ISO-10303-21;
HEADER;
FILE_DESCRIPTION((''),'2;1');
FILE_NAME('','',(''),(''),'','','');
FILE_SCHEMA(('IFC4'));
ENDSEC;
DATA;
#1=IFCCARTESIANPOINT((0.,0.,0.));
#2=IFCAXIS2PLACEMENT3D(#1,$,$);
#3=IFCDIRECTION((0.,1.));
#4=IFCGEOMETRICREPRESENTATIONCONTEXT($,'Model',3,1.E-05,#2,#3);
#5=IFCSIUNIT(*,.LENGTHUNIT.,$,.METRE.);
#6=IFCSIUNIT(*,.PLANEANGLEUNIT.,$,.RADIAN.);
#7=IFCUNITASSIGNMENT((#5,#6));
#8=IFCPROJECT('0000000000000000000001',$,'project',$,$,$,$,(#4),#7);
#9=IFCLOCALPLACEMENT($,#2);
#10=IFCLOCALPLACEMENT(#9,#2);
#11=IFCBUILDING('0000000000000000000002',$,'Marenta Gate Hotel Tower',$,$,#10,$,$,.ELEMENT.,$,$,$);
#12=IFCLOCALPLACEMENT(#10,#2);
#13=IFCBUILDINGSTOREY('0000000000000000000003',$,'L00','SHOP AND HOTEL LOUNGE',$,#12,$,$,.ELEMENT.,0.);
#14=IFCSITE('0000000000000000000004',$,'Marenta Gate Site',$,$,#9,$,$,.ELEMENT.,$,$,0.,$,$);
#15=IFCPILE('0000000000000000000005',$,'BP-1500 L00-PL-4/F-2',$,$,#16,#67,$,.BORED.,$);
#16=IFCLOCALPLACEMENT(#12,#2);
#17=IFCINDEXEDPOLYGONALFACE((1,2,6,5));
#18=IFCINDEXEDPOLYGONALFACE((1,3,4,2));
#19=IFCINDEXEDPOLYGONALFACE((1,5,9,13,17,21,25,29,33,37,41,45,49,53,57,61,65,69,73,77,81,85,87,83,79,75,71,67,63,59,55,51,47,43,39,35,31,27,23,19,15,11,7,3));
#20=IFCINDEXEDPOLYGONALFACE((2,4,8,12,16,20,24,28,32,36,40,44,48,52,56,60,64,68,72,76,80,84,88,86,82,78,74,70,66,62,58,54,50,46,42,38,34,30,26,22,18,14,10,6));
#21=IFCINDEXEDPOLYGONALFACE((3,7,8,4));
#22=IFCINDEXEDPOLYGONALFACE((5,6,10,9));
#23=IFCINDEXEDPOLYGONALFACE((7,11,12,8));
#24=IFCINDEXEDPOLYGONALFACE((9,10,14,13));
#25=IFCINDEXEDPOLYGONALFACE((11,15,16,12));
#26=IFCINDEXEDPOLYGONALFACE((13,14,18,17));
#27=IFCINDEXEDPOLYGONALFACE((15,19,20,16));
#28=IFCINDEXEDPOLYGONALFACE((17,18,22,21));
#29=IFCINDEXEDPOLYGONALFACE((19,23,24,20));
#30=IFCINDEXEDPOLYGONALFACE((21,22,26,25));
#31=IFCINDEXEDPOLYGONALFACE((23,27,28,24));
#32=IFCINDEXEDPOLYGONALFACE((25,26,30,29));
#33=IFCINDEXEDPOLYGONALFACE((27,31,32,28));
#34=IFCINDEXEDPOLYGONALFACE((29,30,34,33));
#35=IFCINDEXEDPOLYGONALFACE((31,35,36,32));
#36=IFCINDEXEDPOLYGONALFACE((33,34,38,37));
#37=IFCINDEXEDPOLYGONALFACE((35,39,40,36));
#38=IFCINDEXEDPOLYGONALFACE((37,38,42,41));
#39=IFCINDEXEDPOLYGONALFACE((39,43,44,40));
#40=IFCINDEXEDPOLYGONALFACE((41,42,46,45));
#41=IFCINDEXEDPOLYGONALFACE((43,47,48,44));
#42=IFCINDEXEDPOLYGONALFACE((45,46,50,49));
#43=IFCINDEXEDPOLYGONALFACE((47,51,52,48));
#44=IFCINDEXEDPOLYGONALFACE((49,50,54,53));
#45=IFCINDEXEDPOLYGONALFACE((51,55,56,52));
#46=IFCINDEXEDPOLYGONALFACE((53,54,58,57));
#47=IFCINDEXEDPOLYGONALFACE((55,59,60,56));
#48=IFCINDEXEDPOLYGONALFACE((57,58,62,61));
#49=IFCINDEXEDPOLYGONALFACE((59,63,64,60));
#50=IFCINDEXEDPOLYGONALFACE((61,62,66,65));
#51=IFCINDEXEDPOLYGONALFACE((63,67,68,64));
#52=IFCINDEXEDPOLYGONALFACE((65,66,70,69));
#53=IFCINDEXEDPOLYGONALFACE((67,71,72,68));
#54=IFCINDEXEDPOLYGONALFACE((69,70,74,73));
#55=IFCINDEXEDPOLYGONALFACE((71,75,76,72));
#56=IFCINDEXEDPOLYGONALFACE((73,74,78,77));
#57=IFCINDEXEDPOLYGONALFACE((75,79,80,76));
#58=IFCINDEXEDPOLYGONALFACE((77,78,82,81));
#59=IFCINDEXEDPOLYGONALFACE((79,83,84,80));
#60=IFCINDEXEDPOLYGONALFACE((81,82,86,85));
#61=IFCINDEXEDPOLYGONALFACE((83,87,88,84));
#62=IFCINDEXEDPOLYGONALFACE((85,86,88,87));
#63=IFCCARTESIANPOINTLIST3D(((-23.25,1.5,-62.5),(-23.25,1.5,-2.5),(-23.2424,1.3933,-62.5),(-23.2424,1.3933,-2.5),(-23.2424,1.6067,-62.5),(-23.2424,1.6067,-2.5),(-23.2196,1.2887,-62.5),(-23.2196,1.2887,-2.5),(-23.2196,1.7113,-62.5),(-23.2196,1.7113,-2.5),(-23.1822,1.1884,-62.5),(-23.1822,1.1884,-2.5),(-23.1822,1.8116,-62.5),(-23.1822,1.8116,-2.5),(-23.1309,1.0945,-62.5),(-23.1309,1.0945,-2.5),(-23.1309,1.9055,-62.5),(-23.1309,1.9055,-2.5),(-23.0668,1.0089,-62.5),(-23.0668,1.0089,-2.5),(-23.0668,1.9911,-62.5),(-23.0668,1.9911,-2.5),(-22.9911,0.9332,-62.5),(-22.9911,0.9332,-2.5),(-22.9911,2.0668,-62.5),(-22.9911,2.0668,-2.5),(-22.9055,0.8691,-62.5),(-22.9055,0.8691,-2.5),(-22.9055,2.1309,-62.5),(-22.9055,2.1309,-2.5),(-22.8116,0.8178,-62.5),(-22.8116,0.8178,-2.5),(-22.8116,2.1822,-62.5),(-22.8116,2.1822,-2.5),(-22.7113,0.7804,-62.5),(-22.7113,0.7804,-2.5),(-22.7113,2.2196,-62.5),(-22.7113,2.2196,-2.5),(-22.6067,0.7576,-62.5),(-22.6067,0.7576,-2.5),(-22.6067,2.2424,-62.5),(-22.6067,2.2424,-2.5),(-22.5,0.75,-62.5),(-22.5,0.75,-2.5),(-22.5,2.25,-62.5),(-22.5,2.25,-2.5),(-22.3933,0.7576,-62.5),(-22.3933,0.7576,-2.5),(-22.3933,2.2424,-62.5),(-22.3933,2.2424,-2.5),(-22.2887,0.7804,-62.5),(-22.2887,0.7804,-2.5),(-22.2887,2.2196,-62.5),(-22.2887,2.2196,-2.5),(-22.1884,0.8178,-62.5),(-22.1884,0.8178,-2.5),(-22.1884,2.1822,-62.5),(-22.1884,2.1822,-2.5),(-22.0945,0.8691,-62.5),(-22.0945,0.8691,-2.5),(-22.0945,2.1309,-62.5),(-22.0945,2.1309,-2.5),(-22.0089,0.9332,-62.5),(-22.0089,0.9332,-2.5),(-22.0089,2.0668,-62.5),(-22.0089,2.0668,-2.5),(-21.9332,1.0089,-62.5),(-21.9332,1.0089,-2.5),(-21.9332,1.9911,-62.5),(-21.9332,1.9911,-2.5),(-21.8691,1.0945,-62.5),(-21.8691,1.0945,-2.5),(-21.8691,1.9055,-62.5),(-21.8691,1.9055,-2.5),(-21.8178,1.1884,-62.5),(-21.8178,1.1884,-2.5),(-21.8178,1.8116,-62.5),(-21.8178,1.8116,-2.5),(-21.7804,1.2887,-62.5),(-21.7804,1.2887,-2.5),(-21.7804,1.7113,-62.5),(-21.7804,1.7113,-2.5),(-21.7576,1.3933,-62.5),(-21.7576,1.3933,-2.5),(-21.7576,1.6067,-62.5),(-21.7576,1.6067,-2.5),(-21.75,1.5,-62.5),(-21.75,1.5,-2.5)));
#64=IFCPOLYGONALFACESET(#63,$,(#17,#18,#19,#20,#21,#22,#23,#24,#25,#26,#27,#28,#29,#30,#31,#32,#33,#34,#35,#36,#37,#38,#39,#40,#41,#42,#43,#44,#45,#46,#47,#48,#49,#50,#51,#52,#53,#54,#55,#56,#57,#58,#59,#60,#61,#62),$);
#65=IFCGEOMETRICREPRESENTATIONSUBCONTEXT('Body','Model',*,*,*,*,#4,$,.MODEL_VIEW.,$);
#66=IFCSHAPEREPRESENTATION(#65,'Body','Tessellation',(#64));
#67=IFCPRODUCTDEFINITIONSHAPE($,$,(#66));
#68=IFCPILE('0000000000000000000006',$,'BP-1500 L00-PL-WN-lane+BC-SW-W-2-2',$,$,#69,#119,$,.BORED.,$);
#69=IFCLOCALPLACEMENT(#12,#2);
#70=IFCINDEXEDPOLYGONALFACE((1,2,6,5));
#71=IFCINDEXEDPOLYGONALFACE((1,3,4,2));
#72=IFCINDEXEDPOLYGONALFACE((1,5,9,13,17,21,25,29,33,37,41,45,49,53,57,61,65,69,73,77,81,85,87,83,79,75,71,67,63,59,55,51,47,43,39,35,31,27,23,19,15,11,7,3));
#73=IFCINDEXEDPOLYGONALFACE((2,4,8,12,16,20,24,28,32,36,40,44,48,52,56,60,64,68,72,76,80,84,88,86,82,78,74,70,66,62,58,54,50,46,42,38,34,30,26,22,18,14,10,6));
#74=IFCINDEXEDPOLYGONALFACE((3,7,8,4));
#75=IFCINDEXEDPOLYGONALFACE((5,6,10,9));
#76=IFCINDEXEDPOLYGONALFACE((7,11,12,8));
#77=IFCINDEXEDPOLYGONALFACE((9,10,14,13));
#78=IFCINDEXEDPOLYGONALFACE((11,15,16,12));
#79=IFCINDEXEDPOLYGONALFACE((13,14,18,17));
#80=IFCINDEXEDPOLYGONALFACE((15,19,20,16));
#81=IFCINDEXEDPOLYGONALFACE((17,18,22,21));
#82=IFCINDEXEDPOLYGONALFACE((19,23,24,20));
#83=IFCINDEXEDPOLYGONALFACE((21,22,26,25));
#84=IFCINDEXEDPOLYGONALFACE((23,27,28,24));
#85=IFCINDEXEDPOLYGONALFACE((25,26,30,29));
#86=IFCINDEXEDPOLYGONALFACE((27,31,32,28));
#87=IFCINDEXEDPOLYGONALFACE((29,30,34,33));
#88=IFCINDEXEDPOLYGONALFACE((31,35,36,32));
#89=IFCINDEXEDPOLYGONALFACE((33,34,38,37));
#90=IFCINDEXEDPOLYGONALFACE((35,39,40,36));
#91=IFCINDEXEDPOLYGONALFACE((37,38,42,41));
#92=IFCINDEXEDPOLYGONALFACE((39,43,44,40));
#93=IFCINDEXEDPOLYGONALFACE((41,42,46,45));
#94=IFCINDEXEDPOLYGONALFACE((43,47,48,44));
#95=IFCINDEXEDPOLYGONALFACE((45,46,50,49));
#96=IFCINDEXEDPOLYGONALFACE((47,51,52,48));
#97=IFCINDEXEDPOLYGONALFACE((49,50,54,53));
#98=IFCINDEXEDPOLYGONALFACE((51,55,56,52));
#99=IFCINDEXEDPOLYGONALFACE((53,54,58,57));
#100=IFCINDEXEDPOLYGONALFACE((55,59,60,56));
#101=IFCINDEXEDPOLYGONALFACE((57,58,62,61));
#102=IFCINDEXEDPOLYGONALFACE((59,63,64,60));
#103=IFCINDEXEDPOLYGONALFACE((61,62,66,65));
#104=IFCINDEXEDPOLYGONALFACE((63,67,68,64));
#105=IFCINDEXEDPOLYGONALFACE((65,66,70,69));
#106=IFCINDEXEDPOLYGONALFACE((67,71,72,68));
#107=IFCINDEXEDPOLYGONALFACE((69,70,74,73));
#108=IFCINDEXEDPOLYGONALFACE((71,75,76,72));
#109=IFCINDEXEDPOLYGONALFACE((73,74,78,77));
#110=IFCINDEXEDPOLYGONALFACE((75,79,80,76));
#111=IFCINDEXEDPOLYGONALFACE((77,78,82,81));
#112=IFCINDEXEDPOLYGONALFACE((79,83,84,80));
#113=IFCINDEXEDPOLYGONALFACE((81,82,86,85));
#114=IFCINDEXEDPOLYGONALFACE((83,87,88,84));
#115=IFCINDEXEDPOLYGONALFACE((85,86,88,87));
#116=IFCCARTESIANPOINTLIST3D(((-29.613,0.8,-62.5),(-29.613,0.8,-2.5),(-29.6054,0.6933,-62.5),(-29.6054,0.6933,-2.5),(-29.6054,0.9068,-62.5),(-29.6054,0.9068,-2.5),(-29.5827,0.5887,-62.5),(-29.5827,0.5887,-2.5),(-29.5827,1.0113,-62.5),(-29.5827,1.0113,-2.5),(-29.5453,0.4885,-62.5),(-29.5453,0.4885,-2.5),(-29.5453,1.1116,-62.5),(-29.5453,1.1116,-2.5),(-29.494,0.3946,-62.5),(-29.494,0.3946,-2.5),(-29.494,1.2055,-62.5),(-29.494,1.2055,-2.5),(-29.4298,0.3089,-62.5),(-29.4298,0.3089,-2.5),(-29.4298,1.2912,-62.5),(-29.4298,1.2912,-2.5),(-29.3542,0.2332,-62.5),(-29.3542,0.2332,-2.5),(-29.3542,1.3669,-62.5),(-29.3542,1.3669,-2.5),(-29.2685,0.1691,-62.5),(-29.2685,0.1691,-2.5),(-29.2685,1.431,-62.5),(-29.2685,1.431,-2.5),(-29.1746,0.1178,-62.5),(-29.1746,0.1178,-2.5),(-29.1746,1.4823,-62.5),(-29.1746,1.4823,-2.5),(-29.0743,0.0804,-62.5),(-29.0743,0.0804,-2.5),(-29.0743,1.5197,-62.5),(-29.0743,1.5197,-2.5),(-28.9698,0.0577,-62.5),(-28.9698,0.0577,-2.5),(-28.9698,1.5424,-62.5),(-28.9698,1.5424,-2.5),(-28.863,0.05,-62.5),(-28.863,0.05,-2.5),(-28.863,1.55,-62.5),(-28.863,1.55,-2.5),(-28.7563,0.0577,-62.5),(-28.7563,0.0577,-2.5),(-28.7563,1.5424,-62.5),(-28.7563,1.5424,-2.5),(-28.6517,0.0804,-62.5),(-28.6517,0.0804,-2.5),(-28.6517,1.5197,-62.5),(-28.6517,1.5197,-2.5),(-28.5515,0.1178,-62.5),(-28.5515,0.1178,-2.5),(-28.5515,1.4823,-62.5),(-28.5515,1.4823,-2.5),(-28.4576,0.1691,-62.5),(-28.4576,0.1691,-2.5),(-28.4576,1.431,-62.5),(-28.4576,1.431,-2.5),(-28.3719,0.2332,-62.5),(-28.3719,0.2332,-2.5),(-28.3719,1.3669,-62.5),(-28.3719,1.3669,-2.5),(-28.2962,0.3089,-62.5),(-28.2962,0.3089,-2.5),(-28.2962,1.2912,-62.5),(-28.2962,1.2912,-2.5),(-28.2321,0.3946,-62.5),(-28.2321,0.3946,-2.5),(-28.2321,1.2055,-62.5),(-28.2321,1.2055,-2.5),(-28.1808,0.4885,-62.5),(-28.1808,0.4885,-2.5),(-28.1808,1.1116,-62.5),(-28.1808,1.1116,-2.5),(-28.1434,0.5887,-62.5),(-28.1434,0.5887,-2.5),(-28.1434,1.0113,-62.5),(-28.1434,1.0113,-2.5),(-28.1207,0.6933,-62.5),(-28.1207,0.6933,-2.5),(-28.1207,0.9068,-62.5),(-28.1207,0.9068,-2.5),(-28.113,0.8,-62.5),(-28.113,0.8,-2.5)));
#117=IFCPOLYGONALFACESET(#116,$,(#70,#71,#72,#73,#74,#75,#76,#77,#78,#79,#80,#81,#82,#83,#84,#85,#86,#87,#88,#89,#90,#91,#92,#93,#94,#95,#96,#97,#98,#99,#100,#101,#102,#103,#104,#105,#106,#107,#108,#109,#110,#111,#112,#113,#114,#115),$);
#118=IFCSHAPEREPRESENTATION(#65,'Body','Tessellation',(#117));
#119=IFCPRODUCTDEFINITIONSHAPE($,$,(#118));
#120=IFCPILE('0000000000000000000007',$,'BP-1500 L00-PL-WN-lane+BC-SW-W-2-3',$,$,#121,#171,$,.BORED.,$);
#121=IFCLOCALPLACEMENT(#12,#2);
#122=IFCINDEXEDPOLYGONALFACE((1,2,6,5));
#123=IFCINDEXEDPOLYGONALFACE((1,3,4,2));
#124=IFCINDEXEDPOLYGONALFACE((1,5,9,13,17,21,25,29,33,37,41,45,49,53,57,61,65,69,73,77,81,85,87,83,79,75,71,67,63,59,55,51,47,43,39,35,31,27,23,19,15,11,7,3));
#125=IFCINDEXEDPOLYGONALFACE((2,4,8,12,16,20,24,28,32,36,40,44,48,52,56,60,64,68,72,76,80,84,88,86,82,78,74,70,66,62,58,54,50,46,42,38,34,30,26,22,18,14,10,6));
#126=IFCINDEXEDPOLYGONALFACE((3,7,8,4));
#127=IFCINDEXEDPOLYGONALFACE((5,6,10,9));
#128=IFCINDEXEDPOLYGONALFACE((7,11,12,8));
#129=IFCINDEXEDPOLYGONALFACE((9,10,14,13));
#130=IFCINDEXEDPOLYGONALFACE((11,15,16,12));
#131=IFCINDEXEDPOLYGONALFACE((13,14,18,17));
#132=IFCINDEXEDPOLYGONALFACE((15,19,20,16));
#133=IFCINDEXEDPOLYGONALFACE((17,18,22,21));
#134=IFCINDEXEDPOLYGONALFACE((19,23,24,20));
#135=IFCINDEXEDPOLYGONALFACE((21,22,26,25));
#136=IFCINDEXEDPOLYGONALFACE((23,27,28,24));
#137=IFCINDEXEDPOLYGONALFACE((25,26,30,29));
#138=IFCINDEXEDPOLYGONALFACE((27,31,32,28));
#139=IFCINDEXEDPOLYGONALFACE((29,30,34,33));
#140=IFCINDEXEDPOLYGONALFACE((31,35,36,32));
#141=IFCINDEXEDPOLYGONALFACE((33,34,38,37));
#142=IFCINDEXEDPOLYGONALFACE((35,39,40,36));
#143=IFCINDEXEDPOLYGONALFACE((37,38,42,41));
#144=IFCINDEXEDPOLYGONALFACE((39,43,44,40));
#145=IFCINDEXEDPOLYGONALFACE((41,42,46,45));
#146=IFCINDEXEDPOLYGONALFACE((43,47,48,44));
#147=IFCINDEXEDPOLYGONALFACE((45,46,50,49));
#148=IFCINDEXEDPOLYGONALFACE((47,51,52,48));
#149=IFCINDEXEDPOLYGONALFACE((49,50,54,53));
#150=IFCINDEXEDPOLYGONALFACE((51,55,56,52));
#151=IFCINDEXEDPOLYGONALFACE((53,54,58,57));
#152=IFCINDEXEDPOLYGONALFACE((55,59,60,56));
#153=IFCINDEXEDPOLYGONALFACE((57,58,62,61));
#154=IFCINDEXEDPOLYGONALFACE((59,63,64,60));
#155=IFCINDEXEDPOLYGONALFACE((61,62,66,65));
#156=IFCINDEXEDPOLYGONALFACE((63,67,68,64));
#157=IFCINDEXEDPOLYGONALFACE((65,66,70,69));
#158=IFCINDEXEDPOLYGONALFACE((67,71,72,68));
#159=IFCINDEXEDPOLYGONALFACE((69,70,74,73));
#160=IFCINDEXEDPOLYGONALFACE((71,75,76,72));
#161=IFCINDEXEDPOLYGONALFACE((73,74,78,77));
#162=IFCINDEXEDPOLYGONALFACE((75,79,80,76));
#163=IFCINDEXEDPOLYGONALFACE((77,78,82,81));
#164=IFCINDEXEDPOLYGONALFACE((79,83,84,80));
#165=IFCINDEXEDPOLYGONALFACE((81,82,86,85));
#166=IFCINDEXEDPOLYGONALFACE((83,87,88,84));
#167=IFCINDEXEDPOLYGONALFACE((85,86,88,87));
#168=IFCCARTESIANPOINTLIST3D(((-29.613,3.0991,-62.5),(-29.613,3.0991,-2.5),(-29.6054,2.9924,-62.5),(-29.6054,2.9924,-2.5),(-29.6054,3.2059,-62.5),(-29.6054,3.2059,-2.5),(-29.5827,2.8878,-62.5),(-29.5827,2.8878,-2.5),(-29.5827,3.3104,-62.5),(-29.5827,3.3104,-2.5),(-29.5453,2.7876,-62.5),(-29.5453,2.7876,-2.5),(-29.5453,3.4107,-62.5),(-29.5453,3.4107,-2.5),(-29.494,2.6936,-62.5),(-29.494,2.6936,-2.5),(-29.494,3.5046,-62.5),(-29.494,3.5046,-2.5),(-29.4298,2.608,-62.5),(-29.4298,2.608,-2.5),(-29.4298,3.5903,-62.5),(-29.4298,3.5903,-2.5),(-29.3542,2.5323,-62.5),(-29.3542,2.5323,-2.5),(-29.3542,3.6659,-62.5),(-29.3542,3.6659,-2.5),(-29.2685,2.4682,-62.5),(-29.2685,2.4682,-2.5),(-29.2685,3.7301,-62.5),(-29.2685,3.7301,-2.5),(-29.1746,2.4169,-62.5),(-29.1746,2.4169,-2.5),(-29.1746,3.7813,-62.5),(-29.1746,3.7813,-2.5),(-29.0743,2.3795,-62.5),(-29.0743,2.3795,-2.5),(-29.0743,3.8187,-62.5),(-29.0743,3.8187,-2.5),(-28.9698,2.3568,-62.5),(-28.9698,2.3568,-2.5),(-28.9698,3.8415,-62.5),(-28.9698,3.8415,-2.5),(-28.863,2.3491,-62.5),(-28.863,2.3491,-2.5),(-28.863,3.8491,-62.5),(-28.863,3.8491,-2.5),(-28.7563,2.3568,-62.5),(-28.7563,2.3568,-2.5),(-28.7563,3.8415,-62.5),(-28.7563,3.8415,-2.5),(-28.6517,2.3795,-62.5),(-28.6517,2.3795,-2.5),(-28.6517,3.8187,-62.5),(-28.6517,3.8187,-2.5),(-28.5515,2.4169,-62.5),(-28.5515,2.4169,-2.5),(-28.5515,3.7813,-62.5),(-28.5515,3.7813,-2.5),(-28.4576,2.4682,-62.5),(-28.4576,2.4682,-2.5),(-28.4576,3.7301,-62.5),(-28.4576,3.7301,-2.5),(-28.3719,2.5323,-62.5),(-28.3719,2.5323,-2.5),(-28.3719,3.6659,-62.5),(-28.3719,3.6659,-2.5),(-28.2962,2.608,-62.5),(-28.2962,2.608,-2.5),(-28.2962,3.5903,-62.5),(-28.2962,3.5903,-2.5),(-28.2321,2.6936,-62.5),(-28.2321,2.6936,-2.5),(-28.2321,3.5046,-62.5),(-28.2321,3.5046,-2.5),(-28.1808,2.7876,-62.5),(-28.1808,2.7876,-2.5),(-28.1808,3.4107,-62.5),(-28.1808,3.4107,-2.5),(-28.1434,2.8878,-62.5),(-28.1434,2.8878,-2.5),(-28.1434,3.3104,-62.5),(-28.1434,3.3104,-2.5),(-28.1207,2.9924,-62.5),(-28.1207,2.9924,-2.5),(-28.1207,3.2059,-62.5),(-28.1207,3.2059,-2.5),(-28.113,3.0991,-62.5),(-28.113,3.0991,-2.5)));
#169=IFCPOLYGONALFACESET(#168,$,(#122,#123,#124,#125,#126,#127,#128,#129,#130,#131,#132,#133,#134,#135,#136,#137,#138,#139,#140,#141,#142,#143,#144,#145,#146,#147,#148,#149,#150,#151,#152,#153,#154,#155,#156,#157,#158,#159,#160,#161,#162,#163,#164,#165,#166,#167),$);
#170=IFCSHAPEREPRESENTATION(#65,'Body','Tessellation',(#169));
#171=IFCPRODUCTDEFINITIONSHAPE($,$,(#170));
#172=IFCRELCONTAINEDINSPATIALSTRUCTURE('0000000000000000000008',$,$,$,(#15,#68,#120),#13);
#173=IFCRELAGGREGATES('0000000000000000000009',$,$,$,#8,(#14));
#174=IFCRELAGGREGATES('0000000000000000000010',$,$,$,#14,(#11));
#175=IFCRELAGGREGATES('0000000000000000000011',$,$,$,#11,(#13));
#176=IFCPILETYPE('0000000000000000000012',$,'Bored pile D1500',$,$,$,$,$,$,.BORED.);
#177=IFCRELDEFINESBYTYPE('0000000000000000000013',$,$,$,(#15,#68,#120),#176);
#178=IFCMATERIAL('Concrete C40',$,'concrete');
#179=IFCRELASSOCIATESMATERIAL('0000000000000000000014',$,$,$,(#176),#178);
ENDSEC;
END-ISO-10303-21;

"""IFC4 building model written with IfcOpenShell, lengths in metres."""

from ifc_helpers import new_model, si_unit, direction, frame, origin, origin_2d, place, context, subcontext, project, spatial, circle, extrude, material, type_object, element, save


model = new_model("IFC4")

# Units and contexts
model_context = context("Model", 3, precision=1e-05, world=origin(), true_north=direction((0.0, 1.0)))
body_context = subcontext(model_context, "Body", "Model", "MODEL_VIEW")
ifc_project = project(units=[si_unit("LENGTHUNIT", "METRE"), si_unit("PLANEANGLEUNIT", "RADIAN")], contexts=[model_context])

# Site, building, storey
site_placement = place(None, origin())
site = spatial("IfcSite", under=ifc_project, at=site_placement, Name="Marenta Gate Site", CompositionType="ELEMENT", RefElevation=0.0)
building_placement = place(site_placement, origin())
building = spatial("IfcBuilding", under=site, at=building_placement, Name="Marenta Gate Hotel Tower", CompositionType="ELEMENT")
storey_placement = place(building_placement, origin())
storey = spatial("IfcBuildingStorey", under=building, at=storey_placement, Name="L00", Description="SHOP AND HOTEL LOUNGE", CompositionType="ELEMENT", Elevation=0.0)

# Piles
ifc_material_1 = material(Name="Concrete C40", Category="concrete")
pile_type = type_object("IfcPileType", Name="Bored pile D1500", PredefinedType="BORED", material=ifc_material_1)
for number, where, z_axis, x_axis, name in (
    (1, (-22.5, 1.5, -2.5), (0.0, 0.0, -1.0), (1.0, 0.0, 0.0), "BP-1500 L00-PL-4/F-2"),
    (2, (-28.863, 0.8, -2.5), (0.0, 0.0, -1.0), (1.0, 0.0, 0.0), "BP-1500 L00-PL-WN-lane+BC-SW-W-2-2"),
    (3, (-28.863, 3.0991, -2.5), (0.0, 0.0, -1.0), (1.0, 0.0, 0.0), "BP-1500 L00-PL-WN-lane+BC-SW-W-2-3"),
):
    element("IfcPile", number, at=place(storey_placement, frame(where, z_axis=z_axis, x_axis=x_axis)), inside=storey, type_object=pile_type, Name=name, PredefinedType="BORED", context=body_context, shape_type="SweptSolid", body=[
        extrude(circle(Radius=0.75, at=origin_2d()), origin(), (0.0, 0.0, 1.0), 60.0),
    ])

save(model, "model.ifc")
